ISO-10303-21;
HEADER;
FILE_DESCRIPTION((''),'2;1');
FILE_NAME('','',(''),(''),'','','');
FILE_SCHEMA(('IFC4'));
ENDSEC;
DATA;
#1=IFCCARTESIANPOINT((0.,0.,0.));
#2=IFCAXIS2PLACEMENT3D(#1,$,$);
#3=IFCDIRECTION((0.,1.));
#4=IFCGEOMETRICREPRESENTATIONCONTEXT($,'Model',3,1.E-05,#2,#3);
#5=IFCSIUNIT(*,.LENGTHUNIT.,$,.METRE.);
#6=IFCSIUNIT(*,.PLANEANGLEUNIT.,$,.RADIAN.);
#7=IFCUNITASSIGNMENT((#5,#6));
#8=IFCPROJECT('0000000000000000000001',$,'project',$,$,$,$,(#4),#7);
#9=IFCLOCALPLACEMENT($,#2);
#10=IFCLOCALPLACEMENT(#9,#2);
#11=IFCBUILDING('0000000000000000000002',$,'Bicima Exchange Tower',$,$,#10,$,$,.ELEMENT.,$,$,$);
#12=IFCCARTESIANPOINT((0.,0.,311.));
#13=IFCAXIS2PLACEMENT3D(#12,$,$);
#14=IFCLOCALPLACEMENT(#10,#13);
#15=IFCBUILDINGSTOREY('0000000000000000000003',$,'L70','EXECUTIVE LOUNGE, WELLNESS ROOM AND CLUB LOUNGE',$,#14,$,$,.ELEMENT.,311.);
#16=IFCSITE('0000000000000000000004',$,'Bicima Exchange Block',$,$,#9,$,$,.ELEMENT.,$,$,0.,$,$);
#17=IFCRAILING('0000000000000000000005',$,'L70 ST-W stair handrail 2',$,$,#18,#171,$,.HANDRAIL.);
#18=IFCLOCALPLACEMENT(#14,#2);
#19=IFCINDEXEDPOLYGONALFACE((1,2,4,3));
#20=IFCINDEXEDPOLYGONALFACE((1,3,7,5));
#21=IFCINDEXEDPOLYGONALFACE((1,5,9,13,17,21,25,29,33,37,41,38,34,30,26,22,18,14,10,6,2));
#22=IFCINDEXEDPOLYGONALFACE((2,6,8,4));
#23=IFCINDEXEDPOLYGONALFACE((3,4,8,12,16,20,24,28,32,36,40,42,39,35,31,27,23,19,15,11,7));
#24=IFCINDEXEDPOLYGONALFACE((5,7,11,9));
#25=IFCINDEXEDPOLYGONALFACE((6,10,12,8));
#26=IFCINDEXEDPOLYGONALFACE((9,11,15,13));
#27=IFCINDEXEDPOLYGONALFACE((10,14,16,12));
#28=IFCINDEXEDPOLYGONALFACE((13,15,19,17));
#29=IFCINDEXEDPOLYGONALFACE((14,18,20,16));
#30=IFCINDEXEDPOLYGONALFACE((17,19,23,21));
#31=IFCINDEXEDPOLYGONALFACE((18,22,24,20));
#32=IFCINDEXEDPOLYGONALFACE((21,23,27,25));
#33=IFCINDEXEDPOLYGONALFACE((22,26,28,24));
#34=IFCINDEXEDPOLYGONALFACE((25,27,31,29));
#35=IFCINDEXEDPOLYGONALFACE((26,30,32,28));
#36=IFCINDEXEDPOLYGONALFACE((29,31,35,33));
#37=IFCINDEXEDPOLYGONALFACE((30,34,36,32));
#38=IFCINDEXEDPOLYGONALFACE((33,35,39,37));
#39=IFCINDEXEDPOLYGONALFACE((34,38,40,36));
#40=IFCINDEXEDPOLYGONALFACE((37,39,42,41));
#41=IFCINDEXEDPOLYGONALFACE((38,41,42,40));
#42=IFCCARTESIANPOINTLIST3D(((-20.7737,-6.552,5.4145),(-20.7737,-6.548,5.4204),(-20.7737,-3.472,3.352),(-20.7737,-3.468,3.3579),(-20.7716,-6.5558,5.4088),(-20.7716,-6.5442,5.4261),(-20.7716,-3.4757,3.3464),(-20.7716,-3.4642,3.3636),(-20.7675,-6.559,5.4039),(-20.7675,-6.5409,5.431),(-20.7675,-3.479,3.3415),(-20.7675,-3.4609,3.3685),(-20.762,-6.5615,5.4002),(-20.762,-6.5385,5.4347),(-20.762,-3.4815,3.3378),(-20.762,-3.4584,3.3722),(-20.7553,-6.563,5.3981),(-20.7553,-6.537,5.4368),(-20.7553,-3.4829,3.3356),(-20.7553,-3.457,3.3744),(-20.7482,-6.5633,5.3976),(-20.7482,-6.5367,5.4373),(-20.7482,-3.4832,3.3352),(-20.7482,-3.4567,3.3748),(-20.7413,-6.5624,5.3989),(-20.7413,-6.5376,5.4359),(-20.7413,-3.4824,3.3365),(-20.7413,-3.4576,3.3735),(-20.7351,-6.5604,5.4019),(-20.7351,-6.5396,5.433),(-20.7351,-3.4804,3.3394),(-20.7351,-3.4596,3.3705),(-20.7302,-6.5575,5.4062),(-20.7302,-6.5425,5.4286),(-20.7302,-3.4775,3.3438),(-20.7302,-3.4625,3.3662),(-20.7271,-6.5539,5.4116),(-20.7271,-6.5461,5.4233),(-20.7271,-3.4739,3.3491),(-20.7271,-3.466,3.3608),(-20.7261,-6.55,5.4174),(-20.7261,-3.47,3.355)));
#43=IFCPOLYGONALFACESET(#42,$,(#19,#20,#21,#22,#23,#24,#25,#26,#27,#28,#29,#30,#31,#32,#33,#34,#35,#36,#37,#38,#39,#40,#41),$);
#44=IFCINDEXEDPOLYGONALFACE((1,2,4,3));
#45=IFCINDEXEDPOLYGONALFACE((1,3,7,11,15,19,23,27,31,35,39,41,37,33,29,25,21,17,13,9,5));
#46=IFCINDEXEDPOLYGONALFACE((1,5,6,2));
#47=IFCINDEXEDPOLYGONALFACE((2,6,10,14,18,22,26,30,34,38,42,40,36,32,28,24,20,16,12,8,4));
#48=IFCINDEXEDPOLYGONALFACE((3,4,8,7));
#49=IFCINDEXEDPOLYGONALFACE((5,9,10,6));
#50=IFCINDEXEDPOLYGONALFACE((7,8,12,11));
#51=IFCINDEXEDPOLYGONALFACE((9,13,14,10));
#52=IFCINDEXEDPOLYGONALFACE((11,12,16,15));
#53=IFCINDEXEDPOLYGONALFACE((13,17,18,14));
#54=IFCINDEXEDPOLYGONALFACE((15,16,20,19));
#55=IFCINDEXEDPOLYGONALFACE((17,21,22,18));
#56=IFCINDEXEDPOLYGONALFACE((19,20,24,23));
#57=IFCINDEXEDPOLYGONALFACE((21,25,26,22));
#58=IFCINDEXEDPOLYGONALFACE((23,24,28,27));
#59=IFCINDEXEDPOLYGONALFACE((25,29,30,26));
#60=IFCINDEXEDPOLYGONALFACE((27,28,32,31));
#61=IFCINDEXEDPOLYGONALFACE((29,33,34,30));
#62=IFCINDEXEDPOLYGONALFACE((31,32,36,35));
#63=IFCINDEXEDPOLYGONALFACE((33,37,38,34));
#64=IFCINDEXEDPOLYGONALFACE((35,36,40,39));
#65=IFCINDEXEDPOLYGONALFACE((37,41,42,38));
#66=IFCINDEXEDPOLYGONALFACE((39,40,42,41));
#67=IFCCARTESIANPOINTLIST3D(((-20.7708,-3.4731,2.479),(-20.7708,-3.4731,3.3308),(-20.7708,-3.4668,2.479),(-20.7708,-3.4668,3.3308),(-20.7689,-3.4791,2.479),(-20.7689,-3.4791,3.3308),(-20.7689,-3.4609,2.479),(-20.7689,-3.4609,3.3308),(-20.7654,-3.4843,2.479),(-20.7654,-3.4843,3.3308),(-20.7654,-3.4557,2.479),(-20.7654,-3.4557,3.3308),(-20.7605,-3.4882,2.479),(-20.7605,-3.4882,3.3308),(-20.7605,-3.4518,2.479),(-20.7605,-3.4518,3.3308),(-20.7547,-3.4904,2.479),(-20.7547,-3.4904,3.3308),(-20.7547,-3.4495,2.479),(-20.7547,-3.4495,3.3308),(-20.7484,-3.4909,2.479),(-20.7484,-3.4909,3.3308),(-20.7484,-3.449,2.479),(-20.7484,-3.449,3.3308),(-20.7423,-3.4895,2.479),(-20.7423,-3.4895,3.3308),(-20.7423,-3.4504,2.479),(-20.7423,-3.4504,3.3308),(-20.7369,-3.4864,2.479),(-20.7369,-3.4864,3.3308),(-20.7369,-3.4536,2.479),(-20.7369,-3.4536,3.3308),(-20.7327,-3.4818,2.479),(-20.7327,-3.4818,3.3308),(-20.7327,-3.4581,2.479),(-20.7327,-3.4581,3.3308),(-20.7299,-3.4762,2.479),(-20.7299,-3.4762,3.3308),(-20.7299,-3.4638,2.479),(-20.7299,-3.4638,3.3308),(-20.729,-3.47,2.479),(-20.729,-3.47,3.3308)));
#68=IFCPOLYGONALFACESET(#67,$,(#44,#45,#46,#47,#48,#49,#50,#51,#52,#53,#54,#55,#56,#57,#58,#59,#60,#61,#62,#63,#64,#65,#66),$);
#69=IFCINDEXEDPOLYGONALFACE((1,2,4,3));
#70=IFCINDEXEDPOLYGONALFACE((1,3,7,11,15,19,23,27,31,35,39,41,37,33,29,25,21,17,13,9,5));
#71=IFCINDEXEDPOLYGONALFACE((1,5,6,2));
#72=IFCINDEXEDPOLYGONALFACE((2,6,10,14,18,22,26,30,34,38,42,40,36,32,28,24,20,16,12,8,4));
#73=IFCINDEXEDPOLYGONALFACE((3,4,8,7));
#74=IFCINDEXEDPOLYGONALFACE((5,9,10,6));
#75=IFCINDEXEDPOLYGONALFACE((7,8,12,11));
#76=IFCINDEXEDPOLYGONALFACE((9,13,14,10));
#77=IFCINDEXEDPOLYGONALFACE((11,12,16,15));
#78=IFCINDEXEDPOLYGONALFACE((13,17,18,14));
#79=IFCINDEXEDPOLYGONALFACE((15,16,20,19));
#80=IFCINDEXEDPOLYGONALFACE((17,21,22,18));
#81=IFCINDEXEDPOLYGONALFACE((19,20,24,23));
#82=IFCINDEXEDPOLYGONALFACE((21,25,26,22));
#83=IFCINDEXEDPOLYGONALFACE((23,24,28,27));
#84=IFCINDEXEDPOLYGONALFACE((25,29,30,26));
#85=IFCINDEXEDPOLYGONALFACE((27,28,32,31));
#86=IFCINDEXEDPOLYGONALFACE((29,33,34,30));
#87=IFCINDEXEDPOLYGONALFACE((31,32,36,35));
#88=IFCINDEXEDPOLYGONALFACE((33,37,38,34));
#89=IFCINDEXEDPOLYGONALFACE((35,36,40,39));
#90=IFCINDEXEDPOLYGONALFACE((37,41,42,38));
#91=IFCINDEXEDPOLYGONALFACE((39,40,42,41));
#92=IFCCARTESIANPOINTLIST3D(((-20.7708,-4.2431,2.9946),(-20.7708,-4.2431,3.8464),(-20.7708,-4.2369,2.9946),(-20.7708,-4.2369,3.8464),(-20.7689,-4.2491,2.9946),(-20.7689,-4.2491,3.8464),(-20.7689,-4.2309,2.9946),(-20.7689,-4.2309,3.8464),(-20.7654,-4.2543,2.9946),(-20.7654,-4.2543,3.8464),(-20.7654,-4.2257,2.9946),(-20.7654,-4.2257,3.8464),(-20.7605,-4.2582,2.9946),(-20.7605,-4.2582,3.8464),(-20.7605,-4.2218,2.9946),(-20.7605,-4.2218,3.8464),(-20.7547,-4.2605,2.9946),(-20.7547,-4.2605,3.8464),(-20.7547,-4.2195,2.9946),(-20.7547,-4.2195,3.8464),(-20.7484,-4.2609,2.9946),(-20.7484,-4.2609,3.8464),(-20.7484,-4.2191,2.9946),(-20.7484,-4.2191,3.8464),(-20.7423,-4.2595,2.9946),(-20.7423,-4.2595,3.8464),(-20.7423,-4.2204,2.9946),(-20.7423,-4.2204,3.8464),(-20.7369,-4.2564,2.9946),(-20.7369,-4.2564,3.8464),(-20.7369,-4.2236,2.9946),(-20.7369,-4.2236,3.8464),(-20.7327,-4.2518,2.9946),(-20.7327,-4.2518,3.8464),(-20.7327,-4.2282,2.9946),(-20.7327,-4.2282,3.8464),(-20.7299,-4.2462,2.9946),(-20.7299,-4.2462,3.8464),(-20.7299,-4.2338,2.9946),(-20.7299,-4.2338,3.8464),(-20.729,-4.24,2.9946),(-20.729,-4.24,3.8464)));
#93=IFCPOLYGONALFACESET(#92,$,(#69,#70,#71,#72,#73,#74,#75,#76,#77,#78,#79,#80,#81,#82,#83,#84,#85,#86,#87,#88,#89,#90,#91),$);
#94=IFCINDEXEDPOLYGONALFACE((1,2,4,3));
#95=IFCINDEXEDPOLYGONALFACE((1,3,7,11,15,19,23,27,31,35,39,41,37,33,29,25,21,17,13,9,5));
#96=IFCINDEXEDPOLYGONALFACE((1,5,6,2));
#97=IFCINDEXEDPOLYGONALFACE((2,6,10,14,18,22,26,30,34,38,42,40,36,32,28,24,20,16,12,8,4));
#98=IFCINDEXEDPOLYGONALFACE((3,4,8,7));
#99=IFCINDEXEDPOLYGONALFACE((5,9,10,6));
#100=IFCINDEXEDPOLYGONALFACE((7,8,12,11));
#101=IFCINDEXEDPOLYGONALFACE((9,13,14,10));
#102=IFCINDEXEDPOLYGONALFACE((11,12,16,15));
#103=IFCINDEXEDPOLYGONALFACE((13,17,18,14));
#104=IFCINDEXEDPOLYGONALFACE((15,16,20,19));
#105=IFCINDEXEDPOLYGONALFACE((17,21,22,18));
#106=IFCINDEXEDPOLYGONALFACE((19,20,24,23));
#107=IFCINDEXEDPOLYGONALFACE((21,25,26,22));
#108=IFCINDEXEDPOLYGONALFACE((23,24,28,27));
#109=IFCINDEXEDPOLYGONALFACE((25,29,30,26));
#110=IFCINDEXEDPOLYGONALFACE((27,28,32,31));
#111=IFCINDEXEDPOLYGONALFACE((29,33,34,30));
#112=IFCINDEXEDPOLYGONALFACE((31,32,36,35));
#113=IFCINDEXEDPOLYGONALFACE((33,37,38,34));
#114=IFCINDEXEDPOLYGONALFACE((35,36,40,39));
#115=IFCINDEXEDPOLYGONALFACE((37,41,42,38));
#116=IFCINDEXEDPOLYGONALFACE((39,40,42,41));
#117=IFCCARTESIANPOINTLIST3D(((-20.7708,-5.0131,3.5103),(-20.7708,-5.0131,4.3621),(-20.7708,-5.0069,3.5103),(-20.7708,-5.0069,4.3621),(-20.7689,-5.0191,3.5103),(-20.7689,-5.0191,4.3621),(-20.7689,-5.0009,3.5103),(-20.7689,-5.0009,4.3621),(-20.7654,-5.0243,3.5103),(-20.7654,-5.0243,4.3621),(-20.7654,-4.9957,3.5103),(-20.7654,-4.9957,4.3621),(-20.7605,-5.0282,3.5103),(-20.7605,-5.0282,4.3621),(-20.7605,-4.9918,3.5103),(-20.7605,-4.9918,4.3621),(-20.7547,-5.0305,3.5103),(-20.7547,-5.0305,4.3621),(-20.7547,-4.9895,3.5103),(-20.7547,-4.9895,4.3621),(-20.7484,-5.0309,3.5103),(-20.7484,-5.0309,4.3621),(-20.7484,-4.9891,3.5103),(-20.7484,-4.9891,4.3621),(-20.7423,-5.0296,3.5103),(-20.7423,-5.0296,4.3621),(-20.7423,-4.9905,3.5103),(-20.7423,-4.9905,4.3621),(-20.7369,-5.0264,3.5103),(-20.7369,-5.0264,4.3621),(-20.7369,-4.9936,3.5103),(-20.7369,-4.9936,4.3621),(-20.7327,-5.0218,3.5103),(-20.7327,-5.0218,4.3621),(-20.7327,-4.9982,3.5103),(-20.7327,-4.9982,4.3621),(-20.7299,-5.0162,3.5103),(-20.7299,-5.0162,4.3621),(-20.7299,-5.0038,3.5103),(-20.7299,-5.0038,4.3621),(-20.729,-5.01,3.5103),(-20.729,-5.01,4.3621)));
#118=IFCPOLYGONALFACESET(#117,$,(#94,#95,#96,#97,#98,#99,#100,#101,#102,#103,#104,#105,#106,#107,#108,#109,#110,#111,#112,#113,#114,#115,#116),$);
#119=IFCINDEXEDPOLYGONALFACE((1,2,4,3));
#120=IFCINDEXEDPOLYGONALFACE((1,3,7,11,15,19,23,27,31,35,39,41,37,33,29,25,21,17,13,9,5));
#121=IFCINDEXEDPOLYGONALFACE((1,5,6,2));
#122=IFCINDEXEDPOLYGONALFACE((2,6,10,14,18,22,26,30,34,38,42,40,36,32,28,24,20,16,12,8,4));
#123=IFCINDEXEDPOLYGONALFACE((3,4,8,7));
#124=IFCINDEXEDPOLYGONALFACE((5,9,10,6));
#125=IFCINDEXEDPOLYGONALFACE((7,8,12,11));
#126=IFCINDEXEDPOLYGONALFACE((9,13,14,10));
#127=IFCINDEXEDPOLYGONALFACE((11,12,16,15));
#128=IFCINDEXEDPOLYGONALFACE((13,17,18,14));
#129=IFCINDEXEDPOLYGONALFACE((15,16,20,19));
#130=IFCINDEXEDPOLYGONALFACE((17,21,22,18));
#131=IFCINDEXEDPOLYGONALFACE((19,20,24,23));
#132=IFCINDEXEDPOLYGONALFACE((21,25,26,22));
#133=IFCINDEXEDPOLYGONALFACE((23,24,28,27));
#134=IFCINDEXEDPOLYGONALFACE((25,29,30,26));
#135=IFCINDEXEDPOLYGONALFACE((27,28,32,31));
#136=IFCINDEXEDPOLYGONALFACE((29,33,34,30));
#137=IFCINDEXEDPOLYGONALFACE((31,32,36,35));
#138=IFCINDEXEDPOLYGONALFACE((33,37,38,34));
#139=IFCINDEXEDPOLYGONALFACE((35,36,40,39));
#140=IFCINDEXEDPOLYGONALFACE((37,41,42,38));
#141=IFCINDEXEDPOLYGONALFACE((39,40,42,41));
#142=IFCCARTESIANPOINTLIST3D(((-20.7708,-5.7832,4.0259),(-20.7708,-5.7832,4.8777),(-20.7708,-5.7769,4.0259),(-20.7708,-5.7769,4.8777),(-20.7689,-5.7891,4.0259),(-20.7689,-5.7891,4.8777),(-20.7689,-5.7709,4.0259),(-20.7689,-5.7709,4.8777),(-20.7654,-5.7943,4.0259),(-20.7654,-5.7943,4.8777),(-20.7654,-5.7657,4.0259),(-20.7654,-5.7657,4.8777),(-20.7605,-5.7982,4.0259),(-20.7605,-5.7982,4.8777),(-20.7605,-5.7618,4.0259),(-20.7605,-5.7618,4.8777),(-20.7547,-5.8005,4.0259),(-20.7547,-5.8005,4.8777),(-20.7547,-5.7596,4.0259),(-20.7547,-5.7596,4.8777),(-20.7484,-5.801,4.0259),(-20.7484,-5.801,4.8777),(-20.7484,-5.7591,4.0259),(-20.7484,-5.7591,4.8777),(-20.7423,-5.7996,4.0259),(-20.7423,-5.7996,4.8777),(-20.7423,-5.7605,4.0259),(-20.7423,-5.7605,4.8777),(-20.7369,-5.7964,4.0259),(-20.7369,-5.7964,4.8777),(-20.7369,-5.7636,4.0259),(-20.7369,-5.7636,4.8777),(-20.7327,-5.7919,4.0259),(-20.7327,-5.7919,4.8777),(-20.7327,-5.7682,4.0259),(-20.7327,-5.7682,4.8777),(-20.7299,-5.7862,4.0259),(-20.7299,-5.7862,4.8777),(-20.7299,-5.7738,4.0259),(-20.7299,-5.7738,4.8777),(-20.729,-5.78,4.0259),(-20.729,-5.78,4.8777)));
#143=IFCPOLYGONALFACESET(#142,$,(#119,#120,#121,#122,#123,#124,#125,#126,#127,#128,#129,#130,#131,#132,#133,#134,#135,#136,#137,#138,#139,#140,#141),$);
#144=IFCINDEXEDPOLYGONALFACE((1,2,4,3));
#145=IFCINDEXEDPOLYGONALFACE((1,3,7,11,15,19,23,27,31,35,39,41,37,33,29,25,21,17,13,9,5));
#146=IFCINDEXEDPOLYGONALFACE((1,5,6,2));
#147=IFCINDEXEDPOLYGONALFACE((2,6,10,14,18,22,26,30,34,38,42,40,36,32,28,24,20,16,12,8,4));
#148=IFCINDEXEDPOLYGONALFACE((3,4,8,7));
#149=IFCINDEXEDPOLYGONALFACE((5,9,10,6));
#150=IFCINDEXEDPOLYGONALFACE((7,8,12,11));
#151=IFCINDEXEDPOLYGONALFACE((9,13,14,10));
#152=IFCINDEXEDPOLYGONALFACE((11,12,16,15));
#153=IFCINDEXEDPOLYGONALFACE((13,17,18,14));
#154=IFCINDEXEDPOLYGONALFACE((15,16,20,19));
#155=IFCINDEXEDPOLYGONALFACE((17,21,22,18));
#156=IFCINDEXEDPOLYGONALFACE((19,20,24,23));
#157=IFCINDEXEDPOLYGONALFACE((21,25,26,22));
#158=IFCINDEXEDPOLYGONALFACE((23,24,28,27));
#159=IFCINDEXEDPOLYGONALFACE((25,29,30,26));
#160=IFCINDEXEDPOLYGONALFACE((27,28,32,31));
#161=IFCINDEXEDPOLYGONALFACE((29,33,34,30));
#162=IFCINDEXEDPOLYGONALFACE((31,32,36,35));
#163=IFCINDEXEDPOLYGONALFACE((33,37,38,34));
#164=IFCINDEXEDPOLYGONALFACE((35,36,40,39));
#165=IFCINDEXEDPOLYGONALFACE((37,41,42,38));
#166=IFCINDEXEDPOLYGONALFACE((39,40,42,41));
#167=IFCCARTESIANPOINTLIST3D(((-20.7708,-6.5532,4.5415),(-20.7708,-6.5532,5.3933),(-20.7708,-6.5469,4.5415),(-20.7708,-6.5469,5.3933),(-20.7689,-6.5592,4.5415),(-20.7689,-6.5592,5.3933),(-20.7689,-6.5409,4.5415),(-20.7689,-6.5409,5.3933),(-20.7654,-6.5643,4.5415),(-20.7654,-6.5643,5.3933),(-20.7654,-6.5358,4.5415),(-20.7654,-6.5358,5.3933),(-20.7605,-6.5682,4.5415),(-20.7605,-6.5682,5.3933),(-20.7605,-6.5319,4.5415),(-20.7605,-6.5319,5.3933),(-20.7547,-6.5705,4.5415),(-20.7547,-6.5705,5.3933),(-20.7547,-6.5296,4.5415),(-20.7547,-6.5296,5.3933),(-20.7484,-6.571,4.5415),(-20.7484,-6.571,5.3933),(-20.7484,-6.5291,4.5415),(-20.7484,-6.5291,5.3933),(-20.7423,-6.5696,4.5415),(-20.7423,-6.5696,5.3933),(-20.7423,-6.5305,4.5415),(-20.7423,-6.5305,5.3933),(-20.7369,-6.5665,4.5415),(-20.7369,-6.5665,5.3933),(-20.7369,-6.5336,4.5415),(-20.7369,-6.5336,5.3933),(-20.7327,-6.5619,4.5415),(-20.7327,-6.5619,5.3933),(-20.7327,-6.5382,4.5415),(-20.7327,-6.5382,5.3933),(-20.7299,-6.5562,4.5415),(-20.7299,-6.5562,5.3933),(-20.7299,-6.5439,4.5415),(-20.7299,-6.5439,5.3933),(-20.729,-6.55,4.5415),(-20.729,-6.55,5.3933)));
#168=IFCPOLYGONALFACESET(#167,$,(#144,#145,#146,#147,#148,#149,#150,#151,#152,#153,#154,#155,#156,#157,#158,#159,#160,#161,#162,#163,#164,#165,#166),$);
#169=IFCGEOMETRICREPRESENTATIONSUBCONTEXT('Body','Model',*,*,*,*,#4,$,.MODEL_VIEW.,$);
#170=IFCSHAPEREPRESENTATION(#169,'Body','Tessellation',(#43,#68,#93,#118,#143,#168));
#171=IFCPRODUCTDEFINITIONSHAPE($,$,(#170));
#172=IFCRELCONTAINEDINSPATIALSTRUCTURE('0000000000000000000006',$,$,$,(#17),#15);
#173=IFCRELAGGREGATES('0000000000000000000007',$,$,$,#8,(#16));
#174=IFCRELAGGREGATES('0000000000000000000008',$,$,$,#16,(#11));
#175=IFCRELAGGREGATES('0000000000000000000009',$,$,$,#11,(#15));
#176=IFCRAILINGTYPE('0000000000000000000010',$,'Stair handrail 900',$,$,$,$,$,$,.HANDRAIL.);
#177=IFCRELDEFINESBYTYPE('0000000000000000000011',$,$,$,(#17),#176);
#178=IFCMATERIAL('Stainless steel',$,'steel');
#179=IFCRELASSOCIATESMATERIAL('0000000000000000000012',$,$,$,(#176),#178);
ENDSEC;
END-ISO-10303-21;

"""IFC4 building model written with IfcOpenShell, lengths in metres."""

from ifc_helpers import new_model, si_unit, direction, frame, origin, origin_2d, place, context, subcontext, project, spatial, circle, extrude, material, type_object, element, save


model = new_model("IFC4")

# Units and contexts
model_context = context("Model", 3, precision=1e-05, world=origin(), true_north=direction((0.0, 1.0)))
body_context = subcontext(model_context, "Body", "Model", "MODEL_VIEW")
ifc_project = project(units=[si_unit("LENGTHUNIT", "METRE"), si_unit("PLANEANGLEUNIT", "RADIAN")], contexts=[model_context])

# Site, building, storey
site_placement = place(None, origin())
site = spatial("IfcSite", under=ifc_project, at=site_placement, Name="Bicima Exchange Block", CompositionType="ELEMENT", RefElevation=0.0)
building_placement = place(site_placement, origin())
building = spatial("IfcBuilding", under=site, at=building_placement, Name="Bicima Exchange Tower", CompositionType="ELEMENT")
storey_placement = place(building_placement, frame((0.0, 0.0, 311.0)))
storey = spatial("IfcBuildingStorey", under=building, at=storey_placement, Name="L70", Description="EXECUTIVE LOUNGE, WELLNESS ROOM AND CLUB LOUNGE", CompositionType="ELEMENT", Elevation=311.0)

# Shared definitions
ifc_material_1 = material(Name="Stainless steel", Category="steel")

# Railing
railing_type_1 = type_object("IfcRailingType", Name="Stair handrail 900", PredefinedType="HANDRAIL", material=ifc_material_1)
railing_1_placement = place(storey_placement, frame((-20.75, -3.47, 2.479)))
element("IfcRailing", 1, at=railing_1_placement, inside=storey, type_object=railing_type_1, Name="L70 ST-W stair handrail 2", PredefinedType="HANDRAIL", context=body_context, shape_type="SweptSolid", body=[
    extrude(circle(Radius=0.0239, at=origin_2d()), frame((0.0, 0.0, 0.876), z_axis=(0.0, -0.830914, 0.556401), x_axis=(1.0, 0.0, 0.0)), (0.0, 0.0, 1.0), 3.7068),
    extrude(circle(Radius=0.021, at=origin_2d()), origin(), (0.0, 0.0, 1.0), 0.8518),
    extrude(circle(Radius=0.021, at=origin_2d()), frame((0.0, -0.77, 0.5156)), (0.0, 0.0, 1.0), 0.8518),
    extrude(circle(Radius=0.021, at=origin_2d()), frame((0.0, -1.54, 1.0312)), (0.0, 0.0, 1.0), 0.8518),
    extrude(circle(Radius=0.021, at=origin_2d()), frame((0.0, -2.3101, 1.5469)), (0.0, 0.0, 1.0), 0.8518),
    extrude(circle(Radius=0.021, at=origin_2d()), frame((0.0, -3.0801, 2.0625)), (0.0, 0.0, 1.0), 0.8518),
])

save(model, "model.ifc")
